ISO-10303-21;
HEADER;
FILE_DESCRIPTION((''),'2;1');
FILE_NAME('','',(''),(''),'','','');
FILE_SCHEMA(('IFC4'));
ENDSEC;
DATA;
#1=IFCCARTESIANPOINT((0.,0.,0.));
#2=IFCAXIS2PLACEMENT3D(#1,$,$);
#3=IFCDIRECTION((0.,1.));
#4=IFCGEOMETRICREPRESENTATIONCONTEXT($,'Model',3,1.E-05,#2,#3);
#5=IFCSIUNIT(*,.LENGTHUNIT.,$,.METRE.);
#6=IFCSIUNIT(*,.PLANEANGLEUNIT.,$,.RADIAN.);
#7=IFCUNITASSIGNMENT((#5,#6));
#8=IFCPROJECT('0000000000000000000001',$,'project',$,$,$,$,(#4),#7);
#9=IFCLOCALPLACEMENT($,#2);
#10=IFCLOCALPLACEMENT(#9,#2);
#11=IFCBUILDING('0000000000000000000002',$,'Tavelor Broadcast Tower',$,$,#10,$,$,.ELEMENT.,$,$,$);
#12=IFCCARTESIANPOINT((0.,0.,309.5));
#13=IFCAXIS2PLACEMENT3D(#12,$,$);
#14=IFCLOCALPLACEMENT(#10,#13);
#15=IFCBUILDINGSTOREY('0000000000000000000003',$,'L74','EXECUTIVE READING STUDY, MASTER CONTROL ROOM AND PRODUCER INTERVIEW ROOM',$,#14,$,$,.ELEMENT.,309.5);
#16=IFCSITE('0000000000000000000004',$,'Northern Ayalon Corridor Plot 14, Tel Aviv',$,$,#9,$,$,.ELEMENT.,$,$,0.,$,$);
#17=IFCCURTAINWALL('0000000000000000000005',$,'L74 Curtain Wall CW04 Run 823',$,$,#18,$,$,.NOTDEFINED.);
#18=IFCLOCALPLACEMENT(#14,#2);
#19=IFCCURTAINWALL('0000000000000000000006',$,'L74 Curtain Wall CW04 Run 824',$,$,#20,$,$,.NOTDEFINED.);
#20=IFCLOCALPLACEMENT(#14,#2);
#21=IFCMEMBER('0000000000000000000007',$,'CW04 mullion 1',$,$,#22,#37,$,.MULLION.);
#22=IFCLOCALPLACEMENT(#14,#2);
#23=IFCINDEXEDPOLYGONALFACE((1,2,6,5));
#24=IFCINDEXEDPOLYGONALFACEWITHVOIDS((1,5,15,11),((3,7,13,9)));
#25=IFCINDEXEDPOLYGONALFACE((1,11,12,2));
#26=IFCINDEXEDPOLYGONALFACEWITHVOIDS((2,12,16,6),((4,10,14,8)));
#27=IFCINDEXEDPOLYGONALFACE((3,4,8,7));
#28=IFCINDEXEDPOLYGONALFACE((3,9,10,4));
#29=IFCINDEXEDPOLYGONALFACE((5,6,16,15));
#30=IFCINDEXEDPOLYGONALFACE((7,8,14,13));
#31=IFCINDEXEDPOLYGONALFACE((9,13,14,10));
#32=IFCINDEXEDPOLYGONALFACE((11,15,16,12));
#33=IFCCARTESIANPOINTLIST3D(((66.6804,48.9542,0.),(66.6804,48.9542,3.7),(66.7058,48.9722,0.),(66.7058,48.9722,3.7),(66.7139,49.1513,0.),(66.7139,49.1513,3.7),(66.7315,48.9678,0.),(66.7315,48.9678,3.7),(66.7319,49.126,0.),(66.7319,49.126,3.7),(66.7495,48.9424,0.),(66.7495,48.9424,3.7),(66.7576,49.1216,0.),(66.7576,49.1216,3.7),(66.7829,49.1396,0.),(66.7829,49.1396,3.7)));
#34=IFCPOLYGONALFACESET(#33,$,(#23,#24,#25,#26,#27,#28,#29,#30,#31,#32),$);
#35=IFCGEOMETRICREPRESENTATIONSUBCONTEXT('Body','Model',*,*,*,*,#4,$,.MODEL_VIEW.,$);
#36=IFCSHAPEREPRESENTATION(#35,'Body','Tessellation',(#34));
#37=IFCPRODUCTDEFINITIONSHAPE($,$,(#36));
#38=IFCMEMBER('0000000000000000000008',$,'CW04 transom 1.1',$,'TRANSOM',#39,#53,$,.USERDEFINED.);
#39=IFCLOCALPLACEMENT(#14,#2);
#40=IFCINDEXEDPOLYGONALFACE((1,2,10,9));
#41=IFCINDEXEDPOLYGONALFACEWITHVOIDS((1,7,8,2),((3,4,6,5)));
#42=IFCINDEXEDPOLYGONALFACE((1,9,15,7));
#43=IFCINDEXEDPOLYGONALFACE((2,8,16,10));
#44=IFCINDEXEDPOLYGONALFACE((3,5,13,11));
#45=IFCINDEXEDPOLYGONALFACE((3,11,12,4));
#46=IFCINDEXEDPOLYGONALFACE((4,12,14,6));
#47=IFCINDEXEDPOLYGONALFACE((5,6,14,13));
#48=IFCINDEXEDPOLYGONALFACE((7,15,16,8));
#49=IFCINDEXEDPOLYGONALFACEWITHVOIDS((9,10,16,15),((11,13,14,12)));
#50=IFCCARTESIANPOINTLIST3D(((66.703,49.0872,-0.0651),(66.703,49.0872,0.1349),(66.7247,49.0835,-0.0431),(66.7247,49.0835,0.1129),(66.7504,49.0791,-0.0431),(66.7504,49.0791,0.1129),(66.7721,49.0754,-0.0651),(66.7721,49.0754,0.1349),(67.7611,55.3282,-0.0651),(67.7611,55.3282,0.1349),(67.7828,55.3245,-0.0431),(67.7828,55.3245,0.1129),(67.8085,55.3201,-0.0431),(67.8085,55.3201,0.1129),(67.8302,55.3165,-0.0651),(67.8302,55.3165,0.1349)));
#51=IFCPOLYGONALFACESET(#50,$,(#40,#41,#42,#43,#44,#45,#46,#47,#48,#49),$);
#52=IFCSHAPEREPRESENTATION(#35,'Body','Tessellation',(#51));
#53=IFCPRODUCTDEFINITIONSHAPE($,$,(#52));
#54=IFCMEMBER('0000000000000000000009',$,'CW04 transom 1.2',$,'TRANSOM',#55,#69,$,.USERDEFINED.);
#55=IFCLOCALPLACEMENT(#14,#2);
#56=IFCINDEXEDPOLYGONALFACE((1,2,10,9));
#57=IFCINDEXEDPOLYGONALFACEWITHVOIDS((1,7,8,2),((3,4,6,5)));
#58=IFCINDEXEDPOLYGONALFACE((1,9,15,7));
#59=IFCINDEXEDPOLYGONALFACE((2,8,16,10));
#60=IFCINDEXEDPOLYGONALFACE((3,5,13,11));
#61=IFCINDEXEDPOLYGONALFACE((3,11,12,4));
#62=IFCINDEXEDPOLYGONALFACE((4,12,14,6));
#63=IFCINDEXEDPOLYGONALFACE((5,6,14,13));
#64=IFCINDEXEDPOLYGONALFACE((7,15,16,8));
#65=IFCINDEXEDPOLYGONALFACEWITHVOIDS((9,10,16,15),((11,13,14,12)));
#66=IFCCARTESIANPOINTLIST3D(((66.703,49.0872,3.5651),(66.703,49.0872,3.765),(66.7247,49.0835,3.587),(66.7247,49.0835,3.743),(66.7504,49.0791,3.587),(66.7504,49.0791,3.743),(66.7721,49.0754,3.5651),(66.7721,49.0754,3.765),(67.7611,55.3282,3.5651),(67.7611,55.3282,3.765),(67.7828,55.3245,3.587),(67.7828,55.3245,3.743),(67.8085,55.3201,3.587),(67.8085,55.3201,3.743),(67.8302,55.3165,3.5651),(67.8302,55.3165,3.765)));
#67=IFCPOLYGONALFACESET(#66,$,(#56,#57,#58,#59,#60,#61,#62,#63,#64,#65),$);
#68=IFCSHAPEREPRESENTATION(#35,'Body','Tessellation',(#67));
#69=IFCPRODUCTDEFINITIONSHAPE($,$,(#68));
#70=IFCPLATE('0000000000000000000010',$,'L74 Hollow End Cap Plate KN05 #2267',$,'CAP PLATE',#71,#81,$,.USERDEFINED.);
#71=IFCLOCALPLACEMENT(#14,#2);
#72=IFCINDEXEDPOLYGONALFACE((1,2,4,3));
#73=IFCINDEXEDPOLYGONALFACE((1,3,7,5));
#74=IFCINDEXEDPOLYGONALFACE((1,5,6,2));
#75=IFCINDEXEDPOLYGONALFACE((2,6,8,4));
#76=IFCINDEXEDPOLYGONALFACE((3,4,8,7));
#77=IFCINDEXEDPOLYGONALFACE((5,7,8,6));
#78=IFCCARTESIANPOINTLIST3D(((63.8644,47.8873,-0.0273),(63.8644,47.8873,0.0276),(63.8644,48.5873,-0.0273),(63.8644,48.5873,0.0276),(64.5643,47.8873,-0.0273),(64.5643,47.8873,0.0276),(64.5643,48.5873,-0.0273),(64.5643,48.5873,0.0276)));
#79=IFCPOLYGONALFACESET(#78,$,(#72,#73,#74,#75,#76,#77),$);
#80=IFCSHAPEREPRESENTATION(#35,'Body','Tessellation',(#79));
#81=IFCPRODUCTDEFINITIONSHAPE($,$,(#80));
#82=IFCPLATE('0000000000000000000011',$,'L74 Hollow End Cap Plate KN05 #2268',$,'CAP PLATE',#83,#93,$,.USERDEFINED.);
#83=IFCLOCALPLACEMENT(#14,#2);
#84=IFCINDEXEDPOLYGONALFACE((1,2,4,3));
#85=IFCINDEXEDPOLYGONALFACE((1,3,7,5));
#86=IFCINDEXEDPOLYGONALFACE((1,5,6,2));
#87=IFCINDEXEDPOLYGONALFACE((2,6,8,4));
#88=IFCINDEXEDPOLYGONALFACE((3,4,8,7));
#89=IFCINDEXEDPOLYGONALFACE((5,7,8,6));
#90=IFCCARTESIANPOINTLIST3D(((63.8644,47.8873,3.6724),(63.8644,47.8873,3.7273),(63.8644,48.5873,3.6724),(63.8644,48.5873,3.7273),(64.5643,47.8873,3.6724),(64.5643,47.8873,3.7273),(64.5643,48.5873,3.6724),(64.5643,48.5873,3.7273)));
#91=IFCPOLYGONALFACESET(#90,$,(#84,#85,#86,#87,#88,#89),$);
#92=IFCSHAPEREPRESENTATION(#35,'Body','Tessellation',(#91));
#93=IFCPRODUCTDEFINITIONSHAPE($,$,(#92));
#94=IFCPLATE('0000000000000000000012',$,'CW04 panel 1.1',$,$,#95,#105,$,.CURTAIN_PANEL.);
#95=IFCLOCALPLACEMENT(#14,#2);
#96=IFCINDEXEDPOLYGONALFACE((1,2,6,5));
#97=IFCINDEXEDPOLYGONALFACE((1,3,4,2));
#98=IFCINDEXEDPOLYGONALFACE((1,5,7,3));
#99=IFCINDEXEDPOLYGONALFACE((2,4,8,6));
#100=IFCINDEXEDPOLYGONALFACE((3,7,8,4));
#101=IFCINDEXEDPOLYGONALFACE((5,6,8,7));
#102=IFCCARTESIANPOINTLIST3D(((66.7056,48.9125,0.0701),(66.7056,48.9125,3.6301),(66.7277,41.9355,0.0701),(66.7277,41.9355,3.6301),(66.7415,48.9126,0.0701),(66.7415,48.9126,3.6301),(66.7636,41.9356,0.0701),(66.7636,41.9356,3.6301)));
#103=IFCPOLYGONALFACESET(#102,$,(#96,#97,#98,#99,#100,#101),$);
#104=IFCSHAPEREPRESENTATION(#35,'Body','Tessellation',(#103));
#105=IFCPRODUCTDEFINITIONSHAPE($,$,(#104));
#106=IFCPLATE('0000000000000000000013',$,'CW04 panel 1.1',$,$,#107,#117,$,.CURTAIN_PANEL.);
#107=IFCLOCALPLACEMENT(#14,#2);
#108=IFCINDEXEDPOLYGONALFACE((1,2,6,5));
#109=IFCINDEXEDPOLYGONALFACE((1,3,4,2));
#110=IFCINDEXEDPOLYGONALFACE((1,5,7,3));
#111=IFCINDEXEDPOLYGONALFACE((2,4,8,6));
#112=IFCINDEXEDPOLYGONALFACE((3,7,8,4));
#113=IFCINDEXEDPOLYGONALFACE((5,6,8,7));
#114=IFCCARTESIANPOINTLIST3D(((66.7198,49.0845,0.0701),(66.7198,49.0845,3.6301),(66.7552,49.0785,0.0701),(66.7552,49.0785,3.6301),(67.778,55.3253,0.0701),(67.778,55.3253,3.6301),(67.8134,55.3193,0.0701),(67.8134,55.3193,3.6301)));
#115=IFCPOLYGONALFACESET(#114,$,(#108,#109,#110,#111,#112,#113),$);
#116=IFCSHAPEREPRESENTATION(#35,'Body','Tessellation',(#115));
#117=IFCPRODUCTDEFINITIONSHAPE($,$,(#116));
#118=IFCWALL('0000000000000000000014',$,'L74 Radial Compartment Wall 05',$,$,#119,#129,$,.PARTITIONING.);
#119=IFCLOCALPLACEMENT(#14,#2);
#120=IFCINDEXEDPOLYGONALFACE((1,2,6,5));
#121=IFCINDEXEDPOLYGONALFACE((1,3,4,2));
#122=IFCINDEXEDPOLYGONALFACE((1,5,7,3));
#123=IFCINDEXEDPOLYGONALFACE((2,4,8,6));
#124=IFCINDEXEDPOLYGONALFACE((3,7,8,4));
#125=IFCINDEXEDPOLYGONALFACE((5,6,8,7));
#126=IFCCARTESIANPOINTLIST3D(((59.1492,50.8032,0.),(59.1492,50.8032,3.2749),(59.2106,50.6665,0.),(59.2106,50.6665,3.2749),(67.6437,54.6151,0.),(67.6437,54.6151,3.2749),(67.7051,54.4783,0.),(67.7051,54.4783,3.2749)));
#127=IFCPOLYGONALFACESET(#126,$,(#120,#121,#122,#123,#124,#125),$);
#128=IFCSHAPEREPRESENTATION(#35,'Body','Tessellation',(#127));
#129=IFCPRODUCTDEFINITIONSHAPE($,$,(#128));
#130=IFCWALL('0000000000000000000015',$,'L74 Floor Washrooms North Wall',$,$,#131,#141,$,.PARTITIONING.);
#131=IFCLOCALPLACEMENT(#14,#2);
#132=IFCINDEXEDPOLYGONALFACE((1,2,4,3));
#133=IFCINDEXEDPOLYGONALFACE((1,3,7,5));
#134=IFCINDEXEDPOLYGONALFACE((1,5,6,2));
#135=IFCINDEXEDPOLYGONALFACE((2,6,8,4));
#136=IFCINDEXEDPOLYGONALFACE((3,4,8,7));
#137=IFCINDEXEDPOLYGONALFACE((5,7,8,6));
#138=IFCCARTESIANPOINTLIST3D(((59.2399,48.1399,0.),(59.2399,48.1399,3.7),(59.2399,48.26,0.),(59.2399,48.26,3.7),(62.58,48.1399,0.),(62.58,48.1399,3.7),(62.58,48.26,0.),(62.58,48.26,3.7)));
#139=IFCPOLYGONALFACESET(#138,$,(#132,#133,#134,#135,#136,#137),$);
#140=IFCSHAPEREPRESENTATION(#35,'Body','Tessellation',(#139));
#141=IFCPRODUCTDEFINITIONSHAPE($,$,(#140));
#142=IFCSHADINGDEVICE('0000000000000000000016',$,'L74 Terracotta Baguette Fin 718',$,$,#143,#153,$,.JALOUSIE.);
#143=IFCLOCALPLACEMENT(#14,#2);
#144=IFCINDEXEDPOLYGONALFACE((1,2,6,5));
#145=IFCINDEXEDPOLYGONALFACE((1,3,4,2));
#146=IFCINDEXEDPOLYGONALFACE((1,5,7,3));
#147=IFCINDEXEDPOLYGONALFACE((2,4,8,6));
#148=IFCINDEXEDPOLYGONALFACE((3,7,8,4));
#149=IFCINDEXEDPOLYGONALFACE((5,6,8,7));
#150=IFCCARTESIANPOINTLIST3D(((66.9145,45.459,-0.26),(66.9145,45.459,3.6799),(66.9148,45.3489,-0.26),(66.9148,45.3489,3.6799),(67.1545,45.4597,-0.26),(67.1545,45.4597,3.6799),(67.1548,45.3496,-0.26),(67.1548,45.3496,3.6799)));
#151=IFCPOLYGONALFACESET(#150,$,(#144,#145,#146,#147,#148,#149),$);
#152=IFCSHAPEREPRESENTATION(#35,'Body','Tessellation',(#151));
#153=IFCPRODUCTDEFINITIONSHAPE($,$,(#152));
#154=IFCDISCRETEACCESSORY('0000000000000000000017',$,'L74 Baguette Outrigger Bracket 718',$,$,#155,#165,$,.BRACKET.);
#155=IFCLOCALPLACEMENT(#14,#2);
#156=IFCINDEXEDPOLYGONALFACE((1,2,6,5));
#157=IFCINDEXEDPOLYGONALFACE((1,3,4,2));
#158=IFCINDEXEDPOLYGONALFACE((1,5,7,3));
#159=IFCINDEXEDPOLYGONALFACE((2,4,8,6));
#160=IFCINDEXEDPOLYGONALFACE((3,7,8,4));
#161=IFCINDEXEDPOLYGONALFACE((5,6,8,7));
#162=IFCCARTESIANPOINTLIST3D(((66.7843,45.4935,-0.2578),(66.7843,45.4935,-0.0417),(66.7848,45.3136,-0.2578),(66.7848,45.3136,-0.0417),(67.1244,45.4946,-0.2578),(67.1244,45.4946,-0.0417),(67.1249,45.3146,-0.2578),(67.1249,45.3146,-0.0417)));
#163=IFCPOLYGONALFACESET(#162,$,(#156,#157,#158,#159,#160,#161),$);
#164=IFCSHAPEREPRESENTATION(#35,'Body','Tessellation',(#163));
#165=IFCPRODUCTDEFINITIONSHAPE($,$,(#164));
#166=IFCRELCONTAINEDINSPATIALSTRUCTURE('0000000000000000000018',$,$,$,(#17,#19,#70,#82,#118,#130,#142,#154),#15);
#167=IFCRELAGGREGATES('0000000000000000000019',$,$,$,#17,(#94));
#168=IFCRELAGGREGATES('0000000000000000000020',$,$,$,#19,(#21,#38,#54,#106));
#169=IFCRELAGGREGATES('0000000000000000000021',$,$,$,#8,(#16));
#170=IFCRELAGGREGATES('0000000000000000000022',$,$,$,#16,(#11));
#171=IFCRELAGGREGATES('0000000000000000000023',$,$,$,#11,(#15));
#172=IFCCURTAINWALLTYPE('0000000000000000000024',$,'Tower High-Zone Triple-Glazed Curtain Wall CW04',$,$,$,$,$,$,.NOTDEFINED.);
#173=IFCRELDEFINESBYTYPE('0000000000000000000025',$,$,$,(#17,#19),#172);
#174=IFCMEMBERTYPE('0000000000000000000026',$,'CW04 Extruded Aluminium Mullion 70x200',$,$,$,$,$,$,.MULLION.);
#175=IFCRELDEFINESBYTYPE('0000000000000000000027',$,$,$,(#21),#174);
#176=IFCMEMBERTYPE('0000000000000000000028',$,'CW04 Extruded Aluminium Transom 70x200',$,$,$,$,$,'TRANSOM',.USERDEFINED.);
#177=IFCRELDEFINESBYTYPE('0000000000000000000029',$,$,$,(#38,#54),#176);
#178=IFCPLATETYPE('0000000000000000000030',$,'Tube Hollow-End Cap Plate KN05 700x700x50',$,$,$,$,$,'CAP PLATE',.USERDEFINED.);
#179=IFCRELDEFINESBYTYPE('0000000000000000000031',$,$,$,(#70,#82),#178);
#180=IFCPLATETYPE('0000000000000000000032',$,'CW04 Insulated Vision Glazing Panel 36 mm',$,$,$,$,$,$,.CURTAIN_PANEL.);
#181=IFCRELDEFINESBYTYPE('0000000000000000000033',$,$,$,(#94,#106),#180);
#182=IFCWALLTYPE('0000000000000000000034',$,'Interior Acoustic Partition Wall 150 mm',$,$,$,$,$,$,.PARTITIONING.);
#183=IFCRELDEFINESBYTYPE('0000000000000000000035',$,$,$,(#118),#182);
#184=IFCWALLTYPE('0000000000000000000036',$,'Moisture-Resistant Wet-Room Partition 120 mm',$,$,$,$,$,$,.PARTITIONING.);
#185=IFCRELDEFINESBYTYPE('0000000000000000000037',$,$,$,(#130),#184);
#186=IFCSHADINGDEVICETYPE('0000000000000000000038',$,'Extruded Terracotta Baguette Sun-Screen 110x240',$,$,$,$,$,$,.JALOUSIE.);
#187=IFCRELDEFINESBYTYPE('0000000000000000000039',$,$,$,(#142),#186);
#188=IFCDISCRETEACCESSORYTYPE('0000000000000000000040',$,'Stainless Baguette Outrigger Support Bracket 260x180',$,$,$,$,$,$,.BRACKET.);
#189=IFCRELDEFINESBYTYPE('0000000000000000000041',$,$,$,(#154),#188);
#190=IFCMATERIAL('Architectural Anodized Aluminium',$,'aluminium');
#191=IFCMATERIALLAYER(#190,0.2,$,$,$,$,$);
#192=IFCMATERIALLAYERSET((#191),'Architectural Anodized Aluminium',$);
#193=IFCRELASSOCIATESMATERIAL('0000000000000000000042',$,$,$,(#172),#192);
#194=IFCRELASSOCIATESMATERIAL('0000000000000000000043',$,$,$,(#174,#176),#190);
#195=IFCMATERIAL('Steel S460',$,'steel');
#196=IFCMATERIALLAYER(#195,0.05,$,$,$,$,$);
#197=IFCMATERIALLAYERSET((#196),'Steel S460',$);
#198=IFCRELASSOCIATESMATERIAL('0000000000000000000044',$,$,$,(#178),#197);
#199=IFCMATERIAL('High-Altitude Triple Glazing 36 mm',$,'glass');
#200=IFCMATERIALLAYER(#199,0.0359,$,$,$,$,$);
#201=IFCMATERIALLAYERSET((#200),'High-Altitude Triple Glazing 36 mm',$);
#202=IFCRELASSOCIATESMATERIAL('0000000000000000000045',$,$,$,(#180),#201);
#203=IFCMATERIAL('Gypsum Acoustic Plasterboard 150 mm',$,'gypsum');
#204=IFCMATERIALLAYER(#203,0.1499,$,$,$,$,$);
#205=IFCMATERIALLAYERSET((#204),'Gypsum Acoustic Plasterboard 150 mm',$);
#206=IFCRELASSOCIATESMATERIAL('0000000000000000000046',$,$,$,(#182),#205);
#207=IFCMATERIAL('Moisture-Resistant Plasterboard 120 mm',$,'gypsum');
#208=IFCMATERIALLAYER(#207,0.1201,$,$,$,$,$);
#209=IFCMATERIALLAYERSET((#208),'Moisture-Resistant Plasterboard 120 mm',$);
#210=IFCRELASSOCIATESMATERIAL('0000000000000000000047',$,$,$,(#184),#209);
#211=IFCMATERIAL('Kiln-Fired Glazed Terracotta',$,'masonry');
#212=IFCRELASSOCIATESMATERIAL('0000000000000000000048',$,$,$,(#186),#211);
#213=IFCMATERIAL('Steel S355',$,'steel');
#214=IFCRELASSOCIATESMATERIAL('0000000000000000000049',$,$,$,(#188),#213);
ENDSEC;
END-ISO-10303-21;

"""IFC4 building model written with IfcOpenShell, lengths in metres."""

from ifc_helpers import new_model, si_unit, direction, frame, frame_2d, origin, origin_2d, place, context, subcontext, project, spatial, rectangle, hollow_rectangle, extrude, source, transform, mapped, material, layer, layer_set, material_profile, profile_set, type_object, type_shapes, element, aggregate, save


model = new_model("IFC4")

# Units and contexts
model_context = context("Model", 3, precision=1e-05, world=origin(), true_north=direction((0.0, 1.0)))
body_context = subcontext(model_context, "Body", "Model", "MODEL_VIEW")
ifc_project = project(units=[si_unit("LENGTHUNIT", "METRE"), si_unit("PLANEANGLEUNIT", "RADIAN")], contexts=[model_context])

# Site, building, storey
site_placement = place(None, origin())
site = spatial("IfcSite", under=ifc_project, at=site_placement, Name="Northern Ayalon Corridor Plot 14, Tel Aviv", CompositionType="ELEMENT", RefElevation=0.0)
building_placement = place(site_placement, origin())
building = spatial("IfcBuilding", under=site, at=building_placement, Name="Tavelor Broadcast Tower", CompositionType="ELEMENT")
storey_placement = place(building_placement, frame((0.0, 0.0, 309.5)))
storey = spatial("IfcBuildingStorey", under=building, at=storey_placement, Name="L74", Description="EXECUTIVE READING STUDY, MASTER CONTROL ROOM AND PRODUCER INTERVIEW ROOM", CompositionType="ELEMENT", Elevation=309.5)

# Shared definitions
ifc_material_1 = material(Name="Steel S460", Category="steel")

# Shared definitions
ifc_material_2 = material(Name="Steel S355", Category="steel")

# Curtain wall
ifc_material_3 = material(Name="Architectural Anodized Aluminium", Category="aluminium")
ifc_layer_1 = layer(ifc_material_3, 0.2)
ifc_layer_set_1 = layer_set([ifc_layer_1], Name="Architectural Anodized Aluminium")
curtain_wall_type = type_object("IfcCurtainWallType", Name="Tower High-Zone Triple-Glazed Curtain Wall CW04", PredefinedType="NOTDEFINED", material=ifc_layer_set_1)
curtain_wall_1_placement = place(storey_placement, origin())
curtain_wall_1 = element("IfcCurtainWall", 1, at=curtain_wall_1_placement, inside=storey, type_object=curtain_wall_type, Name="L74 Curtain Wall CW04 Run 823", PredefinedType="NOTDEFINED")
ifc_material_profile_1 = material_profile(ifc_material_3, hollow_rectangle(XDim=0.0701, YDim=0.2, WallThickness=0.022, at=origin_2d()), Name="RHS 70x200x22")
ifc_profile_set_1 = profile_set([ifc_material_profile_1], Name="Architectural Anodized Aluminium")
member_type_1 = type_object("IfcMemberType", Name="CW04 Extruded Aluminium Mullion 70x200", PredefinedType="MULLION", material=ifc_profile_set_1)
shared_shape_1 = source(origin(), body_context, "Body", "SweptSolid", [
    extrude(hollow_rectangle(XDim=0.0701, YDim=0.2, WallThickness=0.022, at=origin_2d()), origin(), (0.0, 0.0, 1.0), 3.7),
])
type_shapes(member_type_1, [shared_shape_1])

# Curtain wall, members
curtain_wall_2_placement = place(storey_placement, origin())
curtain_wall_2 = element("IfcCurtainWall", 2, at=curtain_wall_2_placement, inside=storey, type_object=curtain_wall_type, Name="L74 Curtain Wall CW04 Run 824", PredefinedType="NOTDEFINED")
member_1_placement = place(storey_placement, frame((66.7317, 49.0469, 0.0), z_axis=(0.0, 0.0, 1.0), x_axis=(-0.985927, 0.167175, 0.0)))
member_1 = element("IfcMember", 3, at=member_1_placement, type_object=member_type_1, Name="CW04 mullion 1", PredefinedType="MULLION", context=body_context, shape_type="MappedRepresentation", body=[
    mapped(shared_shape_1, transform((0.0, 0.0, 0.0), scale=1.0)),
])
ifc_material_profile_2 = material_profile(ifc_material_3, hollow_rectangle(XDim=0.0701, YDim=0.2, WallThickness=0.022, at=origin_2d()), Name="RHS 70x200x22")
ifc_profile_set_2 = profile_set([ifc_material_profile_2], Name="Architectural Anodized Aluminium")
member_type_2 = type_object("IfcMemberType", Name="CW04 Extruded Aluminium Transom 70x200", ElementType="TRANSOM", PredefinedType="USERDEFINED", material=ifc_profile_set_2)
shared_shape_2 = source(origin(), body_context, "Body", "SweptSolid", [
    extrude(hollow_rectangle(XDim=0.0701, YDim=0.2, WallThickness=0.022, at=origin_2d()), origin(), (0.0, 0.0, 1.0), 6.3301),
])
type_shapes(member_type_2, [shared_shape_2])
member_2_placement = place(storey_placement, frame((66.7375, 49.0813, 0.0349), z_axis=(0.167157, 0.98593, 0.0), x_axis=(-0.98593, 0.167157, 0.0)))
member_2 = element("IfcMember", 4, at=member_2_placement, type_object=member_type_2, Name="CW04 transom 1.1", ObjectType="TRANSOM", PredefinedType="USERDEFINED", context=body_context, shape_type="MappedRepresentation", body=[
    mapped(shared_shape_2, transform((0.0, 0.0, 0.0), scale=1.0)),
])
member_3_placement = place(storey_placement, frame((66.7375, 49.0813, 3.665), z_axis=(0.167157, 0.98593, 0.0), x_axis=(-0.98593, 0.167157, 0.0)))
member_3 = element("IfcMember", 5, at=member_3_placement, type_object=member_type_2, Name="CW04 transom 1.2", ObjectType="TRANSOM", PredefinedType="USERDEFINED", context=body_context, shape_type="MappedRepresentation", body=[
    mapped(shared_shape_2, transform((0.0, 0.0, 0.0), scale=1.0)),
])

# Plates
ifc_layer_2 = layer(ifc_material_1, 0.05)
ifc_layer_set_2 = layer_set([ifc_layer_2], Name="Steel S460")
plate_type_1 = type_object("IfcPlateType", Name="Tube Hollow-End Cap Plate KN05 700x700x50", ElementType="CAP PLATE", PredefinedType="USERDEFINED", material=ifc_layer_set_2)
shared_shape_3 = source(origin(), body_context, "Body", "SweptSolid", [
    extrude(rectangle(XDim=0.7, YDim=0.7, at=origin_2d()), origin(), (0.0, 0.0, 1.0), 0.0549),
])
type_shapes(plate_type_1, [shared_shape_3])
for number, where, z_axis, x_axis, name in (
    (6, (64.2144, 48.2373, -0.0273), (0.0, 0.0, 1.0), (1.0, 0.0, 0.0), "L74 Hollow End Cap Plate KN05 #2267"),
    (7, (64.2144, 48.2373, 3.6724), (0.0, 0.0, 1.0), (1.0, 0.0, 0.0), "L74 Hollow End Cap Plate KN05 #2268"),
):
    element("IfcPlate", number, at=place(storey_placement, frame(where, z_axis=z_axis, x_axis=x_axis)), inside=storey, type_object=plate_type_1, Name=name, ObjectType="CAP PLATE", PredefinedType="USERDEFINED", context=body_context, shape_type="MappedRepresentation", body=[
        mapped(shared_shape_3, transform((0.0, 0.0, 0.0), scale=1.0)),
    ])

# Plates
ifc_material_4 = material(Name="High-Altitude Triple Glazing 36 mm", Category="glass")
ifc_layer_3 = layer(ifc_material_4, 0.0359)
ifc_layer_set_3 = layer_set([ifc_layer_3], Name="High-Altitude Triple Glazing 36 mm")
plate_type_2 = type_object("IfcPlateType", Name="CW04 Insulated Vision Glazing Panel 36 mm", PredefinedType="CURTAIN_PANEL", material=ifc_layer_set_3)
shared_shape_4 = source(origin(), body_context, "Body", "SweptSolid", [
    extrude(rectangle(XDim=6.9771, YDim=0.0359, at=origin_2d()), origin(), (0.0, 0.0, 1.0), 3.5601),
])
plate_1_placement = place(storey_placement, frame((66.7346, 45.4241, 0.0701), z_axis=(0.0, 0.0, 1.0), x_axis=(-0.003161, 0.999995, 0.0)))
plate_1 = element("IfcPlate", 8, at=plate_1_placement, type_object=plate_type_2, Name="CW04 panel 1.1", PredefinedType="CURTAIN_PANEL", context=body_context, shape_type="MappedRepresentation", body=[
    mapped(shared_shape_4, transform((0.0, 0.0, 0.0), scale=1.0)),
])
aggregate(curtain_wall_1, [plate_1])
shared_shape_5 = source(origin(), body_context, "Body", "SweptSolid", [
    extrude(rectangle(XDim=6.3298, YDim=0.0359, at=origin_2d()), origin(), (0.0, 0.0, 1.0), 3.5601),
])
type_shapes(plate_type_2, [shared_shape_4, shared_shape_5])
plate_2_placement = place(storey_placement, frame((67.2666, 52.2019, 0.0701), z_axis=(0.0, 0.0, 1.0), x_axis=(0.167175, 0.985927, 0.0)))
plate_2 = element("IfcPlate", 9, at=plate_2_placement, type_object=plate_type_2, Name="CW04 panel 1.1", PredefinedType="CURTAIN_PANEL", context=body_context, shape_type="MappedRepresentation", body=[
    mapped(shared_shape_5, transform((0.0, 0.0, 0.0), scale=1.0)),
])
aggregate(curtain_wall_2, [member_1, member_2, member_3, plate_2])

# Walls
ifc_material_5 = material(Name="Gypsum Acoustic Plasterboard 150 mm", Category="gypsum")
ifc_layer_4 = layer(ifc_material_5, 0.1499)
ifc_layer_set_4 = layer_set([ifc_layer_4], Name="Gypsum Acoustic Plasterboard 150 mm")
wall_type_1 = type_object("IfcWallType", Name="Interior Acoustic Partition Wall 150 mm", PredefinedType="PARTITIONING", material=ifc_layer_set_4)
wall_1_placement = place(storey_placement, frame((59.1799, 50.7349, 0.0), z_axis=(0.0, 0.0, 1.0), x_axis=(0.912351, 0.409408, 0.0)))
element("IfcWall", 10, at=wall_1_placement, inside=storey, type_object=wall_type_1, Name="L74 Radial Compartment Wall 05", PredefinedType="PARTITIONING", context=body_context, shape_type="SweptSolid", body=[
    extrude(rectangle(XDim=9.3105, YDim=0.1499, at=frame_2d((4.6553, 0.0))), origin(), (0.0, 0.0, 1.0), 3.2749),
])
ifc_material_6 = material(Name="Moisture-Resistant Plasterboard 120 mm", Category="gypsum")
ifc_layer_5 = layer(ifc_material_6, 0.1201)
ifc_layer_set_5 = layer_set([ifc_layer_5], Name="Moisture-Resistant Plasterboard 120 mm")
wall_type_2 = type_object("IfcWallType", Name="Moisture-Resistant Wet-Room Partition 120 mm", PredefinedType="PARTITIONING", material=ifc_layer_set_5)
wall_2_placement = place(storey_placement, frame((59.24, 48.2, 0.0), z_axis=(0.0, 0.0, 1.0), x_axis=(1.0, 0.0, 0.0)))
element("IfcWall", 11, at=wall_2_placement, inside=storey, type_object=wall_type_2, Name="L74 Floor Washrooms North Wall", PredefinedType="PARTITIONING", context=body_context, shape_type="SweptSolid", body=[
    extrude(rectangle(XDim=3.3401, YDim=0.1201, at=frame_2d((1.6699, 0.0))), origin(), (0.0, 0.0, 1.0), 3.7),
])

# Shading device
ifc_material_7 = material(Name="Kiln-Fired Glazed Terracotta", Category="masonry")
shading_device_type = type_object("IfcShadingDeviceType", Name="Extruded Terracotta Baguette Sun-Screen 110x240", PredefinedType="JALOUSIE", material=ifc_material_7)
shared_shape_6 = source(origin(), body_context, "Body", "SweptSolid", [
    extrude(rectangle(XDim=0.1101, YDim=0.24, at=origin_2d()), origin(), (0.0, 0.0, 1.0), 3.9399),
])
type_shapes(shading_device_type, [shared_shape_6])
shading_device_placement = place(storey_placement, frame((67.0347, 45.4043, -0.26), z_axis=(0.0, 0.0, 1.0), x_axis=(-0.003142, 0.999995, 0.0)))
element("IfcShadingDevice", 12, at=shading_device_placement, inside=storey, type_object=shading_device_type, Name="L74 Terracotta Baguette Fin 718", PredefinedType="JALOUSIE", context=body_context, shape_type="MappedRepresentation", body=[
    mapped(shared_shape_6, transform((0.0, 0.0, 0.0), scale=1.0)),
])

# Discrete accessory
discrete_accessory_type = type_object("IfcDiscreteAccessoryType", Name="Stainless Baguette Outrigger Support Bracket 260x180", PredefinedType="BRACKET", material=ifc_material_2)
shared_shape_7 = source(origin(), body_context, "Body", "SweptSolid", [
    extrude(rectangle(XDim=0.1799, YDim=0.3401, at=origin_2d()), origin(), (0.0, 0.0, 1.0), 0.2161),
])
type_shapes(discrete_accessory_type, [shared_shape_7])
discrete_accessory_placement = place(storey_placement, frame((66.9546, 45.4041, -0.2578), z_axis=(0.0, 0.0, 1.0), x_axis=(-0.003142, 0.999995, 0.0)))
element("IfcDiscreteAccessory", 13, at=discrete_accessory_placement, inside=storey, type_object=discrete_accessory_type, Name="L74 Baguette Outrigger Bracket 718", PredefinedType="BRACKET", context=body_context, shape_type="MappedRepresentation", body=[
    mapped(shared_shape_7, transform((0.0, 0.0, 0.0), scale=1.0)),
])

save(model, "model.ifc")
